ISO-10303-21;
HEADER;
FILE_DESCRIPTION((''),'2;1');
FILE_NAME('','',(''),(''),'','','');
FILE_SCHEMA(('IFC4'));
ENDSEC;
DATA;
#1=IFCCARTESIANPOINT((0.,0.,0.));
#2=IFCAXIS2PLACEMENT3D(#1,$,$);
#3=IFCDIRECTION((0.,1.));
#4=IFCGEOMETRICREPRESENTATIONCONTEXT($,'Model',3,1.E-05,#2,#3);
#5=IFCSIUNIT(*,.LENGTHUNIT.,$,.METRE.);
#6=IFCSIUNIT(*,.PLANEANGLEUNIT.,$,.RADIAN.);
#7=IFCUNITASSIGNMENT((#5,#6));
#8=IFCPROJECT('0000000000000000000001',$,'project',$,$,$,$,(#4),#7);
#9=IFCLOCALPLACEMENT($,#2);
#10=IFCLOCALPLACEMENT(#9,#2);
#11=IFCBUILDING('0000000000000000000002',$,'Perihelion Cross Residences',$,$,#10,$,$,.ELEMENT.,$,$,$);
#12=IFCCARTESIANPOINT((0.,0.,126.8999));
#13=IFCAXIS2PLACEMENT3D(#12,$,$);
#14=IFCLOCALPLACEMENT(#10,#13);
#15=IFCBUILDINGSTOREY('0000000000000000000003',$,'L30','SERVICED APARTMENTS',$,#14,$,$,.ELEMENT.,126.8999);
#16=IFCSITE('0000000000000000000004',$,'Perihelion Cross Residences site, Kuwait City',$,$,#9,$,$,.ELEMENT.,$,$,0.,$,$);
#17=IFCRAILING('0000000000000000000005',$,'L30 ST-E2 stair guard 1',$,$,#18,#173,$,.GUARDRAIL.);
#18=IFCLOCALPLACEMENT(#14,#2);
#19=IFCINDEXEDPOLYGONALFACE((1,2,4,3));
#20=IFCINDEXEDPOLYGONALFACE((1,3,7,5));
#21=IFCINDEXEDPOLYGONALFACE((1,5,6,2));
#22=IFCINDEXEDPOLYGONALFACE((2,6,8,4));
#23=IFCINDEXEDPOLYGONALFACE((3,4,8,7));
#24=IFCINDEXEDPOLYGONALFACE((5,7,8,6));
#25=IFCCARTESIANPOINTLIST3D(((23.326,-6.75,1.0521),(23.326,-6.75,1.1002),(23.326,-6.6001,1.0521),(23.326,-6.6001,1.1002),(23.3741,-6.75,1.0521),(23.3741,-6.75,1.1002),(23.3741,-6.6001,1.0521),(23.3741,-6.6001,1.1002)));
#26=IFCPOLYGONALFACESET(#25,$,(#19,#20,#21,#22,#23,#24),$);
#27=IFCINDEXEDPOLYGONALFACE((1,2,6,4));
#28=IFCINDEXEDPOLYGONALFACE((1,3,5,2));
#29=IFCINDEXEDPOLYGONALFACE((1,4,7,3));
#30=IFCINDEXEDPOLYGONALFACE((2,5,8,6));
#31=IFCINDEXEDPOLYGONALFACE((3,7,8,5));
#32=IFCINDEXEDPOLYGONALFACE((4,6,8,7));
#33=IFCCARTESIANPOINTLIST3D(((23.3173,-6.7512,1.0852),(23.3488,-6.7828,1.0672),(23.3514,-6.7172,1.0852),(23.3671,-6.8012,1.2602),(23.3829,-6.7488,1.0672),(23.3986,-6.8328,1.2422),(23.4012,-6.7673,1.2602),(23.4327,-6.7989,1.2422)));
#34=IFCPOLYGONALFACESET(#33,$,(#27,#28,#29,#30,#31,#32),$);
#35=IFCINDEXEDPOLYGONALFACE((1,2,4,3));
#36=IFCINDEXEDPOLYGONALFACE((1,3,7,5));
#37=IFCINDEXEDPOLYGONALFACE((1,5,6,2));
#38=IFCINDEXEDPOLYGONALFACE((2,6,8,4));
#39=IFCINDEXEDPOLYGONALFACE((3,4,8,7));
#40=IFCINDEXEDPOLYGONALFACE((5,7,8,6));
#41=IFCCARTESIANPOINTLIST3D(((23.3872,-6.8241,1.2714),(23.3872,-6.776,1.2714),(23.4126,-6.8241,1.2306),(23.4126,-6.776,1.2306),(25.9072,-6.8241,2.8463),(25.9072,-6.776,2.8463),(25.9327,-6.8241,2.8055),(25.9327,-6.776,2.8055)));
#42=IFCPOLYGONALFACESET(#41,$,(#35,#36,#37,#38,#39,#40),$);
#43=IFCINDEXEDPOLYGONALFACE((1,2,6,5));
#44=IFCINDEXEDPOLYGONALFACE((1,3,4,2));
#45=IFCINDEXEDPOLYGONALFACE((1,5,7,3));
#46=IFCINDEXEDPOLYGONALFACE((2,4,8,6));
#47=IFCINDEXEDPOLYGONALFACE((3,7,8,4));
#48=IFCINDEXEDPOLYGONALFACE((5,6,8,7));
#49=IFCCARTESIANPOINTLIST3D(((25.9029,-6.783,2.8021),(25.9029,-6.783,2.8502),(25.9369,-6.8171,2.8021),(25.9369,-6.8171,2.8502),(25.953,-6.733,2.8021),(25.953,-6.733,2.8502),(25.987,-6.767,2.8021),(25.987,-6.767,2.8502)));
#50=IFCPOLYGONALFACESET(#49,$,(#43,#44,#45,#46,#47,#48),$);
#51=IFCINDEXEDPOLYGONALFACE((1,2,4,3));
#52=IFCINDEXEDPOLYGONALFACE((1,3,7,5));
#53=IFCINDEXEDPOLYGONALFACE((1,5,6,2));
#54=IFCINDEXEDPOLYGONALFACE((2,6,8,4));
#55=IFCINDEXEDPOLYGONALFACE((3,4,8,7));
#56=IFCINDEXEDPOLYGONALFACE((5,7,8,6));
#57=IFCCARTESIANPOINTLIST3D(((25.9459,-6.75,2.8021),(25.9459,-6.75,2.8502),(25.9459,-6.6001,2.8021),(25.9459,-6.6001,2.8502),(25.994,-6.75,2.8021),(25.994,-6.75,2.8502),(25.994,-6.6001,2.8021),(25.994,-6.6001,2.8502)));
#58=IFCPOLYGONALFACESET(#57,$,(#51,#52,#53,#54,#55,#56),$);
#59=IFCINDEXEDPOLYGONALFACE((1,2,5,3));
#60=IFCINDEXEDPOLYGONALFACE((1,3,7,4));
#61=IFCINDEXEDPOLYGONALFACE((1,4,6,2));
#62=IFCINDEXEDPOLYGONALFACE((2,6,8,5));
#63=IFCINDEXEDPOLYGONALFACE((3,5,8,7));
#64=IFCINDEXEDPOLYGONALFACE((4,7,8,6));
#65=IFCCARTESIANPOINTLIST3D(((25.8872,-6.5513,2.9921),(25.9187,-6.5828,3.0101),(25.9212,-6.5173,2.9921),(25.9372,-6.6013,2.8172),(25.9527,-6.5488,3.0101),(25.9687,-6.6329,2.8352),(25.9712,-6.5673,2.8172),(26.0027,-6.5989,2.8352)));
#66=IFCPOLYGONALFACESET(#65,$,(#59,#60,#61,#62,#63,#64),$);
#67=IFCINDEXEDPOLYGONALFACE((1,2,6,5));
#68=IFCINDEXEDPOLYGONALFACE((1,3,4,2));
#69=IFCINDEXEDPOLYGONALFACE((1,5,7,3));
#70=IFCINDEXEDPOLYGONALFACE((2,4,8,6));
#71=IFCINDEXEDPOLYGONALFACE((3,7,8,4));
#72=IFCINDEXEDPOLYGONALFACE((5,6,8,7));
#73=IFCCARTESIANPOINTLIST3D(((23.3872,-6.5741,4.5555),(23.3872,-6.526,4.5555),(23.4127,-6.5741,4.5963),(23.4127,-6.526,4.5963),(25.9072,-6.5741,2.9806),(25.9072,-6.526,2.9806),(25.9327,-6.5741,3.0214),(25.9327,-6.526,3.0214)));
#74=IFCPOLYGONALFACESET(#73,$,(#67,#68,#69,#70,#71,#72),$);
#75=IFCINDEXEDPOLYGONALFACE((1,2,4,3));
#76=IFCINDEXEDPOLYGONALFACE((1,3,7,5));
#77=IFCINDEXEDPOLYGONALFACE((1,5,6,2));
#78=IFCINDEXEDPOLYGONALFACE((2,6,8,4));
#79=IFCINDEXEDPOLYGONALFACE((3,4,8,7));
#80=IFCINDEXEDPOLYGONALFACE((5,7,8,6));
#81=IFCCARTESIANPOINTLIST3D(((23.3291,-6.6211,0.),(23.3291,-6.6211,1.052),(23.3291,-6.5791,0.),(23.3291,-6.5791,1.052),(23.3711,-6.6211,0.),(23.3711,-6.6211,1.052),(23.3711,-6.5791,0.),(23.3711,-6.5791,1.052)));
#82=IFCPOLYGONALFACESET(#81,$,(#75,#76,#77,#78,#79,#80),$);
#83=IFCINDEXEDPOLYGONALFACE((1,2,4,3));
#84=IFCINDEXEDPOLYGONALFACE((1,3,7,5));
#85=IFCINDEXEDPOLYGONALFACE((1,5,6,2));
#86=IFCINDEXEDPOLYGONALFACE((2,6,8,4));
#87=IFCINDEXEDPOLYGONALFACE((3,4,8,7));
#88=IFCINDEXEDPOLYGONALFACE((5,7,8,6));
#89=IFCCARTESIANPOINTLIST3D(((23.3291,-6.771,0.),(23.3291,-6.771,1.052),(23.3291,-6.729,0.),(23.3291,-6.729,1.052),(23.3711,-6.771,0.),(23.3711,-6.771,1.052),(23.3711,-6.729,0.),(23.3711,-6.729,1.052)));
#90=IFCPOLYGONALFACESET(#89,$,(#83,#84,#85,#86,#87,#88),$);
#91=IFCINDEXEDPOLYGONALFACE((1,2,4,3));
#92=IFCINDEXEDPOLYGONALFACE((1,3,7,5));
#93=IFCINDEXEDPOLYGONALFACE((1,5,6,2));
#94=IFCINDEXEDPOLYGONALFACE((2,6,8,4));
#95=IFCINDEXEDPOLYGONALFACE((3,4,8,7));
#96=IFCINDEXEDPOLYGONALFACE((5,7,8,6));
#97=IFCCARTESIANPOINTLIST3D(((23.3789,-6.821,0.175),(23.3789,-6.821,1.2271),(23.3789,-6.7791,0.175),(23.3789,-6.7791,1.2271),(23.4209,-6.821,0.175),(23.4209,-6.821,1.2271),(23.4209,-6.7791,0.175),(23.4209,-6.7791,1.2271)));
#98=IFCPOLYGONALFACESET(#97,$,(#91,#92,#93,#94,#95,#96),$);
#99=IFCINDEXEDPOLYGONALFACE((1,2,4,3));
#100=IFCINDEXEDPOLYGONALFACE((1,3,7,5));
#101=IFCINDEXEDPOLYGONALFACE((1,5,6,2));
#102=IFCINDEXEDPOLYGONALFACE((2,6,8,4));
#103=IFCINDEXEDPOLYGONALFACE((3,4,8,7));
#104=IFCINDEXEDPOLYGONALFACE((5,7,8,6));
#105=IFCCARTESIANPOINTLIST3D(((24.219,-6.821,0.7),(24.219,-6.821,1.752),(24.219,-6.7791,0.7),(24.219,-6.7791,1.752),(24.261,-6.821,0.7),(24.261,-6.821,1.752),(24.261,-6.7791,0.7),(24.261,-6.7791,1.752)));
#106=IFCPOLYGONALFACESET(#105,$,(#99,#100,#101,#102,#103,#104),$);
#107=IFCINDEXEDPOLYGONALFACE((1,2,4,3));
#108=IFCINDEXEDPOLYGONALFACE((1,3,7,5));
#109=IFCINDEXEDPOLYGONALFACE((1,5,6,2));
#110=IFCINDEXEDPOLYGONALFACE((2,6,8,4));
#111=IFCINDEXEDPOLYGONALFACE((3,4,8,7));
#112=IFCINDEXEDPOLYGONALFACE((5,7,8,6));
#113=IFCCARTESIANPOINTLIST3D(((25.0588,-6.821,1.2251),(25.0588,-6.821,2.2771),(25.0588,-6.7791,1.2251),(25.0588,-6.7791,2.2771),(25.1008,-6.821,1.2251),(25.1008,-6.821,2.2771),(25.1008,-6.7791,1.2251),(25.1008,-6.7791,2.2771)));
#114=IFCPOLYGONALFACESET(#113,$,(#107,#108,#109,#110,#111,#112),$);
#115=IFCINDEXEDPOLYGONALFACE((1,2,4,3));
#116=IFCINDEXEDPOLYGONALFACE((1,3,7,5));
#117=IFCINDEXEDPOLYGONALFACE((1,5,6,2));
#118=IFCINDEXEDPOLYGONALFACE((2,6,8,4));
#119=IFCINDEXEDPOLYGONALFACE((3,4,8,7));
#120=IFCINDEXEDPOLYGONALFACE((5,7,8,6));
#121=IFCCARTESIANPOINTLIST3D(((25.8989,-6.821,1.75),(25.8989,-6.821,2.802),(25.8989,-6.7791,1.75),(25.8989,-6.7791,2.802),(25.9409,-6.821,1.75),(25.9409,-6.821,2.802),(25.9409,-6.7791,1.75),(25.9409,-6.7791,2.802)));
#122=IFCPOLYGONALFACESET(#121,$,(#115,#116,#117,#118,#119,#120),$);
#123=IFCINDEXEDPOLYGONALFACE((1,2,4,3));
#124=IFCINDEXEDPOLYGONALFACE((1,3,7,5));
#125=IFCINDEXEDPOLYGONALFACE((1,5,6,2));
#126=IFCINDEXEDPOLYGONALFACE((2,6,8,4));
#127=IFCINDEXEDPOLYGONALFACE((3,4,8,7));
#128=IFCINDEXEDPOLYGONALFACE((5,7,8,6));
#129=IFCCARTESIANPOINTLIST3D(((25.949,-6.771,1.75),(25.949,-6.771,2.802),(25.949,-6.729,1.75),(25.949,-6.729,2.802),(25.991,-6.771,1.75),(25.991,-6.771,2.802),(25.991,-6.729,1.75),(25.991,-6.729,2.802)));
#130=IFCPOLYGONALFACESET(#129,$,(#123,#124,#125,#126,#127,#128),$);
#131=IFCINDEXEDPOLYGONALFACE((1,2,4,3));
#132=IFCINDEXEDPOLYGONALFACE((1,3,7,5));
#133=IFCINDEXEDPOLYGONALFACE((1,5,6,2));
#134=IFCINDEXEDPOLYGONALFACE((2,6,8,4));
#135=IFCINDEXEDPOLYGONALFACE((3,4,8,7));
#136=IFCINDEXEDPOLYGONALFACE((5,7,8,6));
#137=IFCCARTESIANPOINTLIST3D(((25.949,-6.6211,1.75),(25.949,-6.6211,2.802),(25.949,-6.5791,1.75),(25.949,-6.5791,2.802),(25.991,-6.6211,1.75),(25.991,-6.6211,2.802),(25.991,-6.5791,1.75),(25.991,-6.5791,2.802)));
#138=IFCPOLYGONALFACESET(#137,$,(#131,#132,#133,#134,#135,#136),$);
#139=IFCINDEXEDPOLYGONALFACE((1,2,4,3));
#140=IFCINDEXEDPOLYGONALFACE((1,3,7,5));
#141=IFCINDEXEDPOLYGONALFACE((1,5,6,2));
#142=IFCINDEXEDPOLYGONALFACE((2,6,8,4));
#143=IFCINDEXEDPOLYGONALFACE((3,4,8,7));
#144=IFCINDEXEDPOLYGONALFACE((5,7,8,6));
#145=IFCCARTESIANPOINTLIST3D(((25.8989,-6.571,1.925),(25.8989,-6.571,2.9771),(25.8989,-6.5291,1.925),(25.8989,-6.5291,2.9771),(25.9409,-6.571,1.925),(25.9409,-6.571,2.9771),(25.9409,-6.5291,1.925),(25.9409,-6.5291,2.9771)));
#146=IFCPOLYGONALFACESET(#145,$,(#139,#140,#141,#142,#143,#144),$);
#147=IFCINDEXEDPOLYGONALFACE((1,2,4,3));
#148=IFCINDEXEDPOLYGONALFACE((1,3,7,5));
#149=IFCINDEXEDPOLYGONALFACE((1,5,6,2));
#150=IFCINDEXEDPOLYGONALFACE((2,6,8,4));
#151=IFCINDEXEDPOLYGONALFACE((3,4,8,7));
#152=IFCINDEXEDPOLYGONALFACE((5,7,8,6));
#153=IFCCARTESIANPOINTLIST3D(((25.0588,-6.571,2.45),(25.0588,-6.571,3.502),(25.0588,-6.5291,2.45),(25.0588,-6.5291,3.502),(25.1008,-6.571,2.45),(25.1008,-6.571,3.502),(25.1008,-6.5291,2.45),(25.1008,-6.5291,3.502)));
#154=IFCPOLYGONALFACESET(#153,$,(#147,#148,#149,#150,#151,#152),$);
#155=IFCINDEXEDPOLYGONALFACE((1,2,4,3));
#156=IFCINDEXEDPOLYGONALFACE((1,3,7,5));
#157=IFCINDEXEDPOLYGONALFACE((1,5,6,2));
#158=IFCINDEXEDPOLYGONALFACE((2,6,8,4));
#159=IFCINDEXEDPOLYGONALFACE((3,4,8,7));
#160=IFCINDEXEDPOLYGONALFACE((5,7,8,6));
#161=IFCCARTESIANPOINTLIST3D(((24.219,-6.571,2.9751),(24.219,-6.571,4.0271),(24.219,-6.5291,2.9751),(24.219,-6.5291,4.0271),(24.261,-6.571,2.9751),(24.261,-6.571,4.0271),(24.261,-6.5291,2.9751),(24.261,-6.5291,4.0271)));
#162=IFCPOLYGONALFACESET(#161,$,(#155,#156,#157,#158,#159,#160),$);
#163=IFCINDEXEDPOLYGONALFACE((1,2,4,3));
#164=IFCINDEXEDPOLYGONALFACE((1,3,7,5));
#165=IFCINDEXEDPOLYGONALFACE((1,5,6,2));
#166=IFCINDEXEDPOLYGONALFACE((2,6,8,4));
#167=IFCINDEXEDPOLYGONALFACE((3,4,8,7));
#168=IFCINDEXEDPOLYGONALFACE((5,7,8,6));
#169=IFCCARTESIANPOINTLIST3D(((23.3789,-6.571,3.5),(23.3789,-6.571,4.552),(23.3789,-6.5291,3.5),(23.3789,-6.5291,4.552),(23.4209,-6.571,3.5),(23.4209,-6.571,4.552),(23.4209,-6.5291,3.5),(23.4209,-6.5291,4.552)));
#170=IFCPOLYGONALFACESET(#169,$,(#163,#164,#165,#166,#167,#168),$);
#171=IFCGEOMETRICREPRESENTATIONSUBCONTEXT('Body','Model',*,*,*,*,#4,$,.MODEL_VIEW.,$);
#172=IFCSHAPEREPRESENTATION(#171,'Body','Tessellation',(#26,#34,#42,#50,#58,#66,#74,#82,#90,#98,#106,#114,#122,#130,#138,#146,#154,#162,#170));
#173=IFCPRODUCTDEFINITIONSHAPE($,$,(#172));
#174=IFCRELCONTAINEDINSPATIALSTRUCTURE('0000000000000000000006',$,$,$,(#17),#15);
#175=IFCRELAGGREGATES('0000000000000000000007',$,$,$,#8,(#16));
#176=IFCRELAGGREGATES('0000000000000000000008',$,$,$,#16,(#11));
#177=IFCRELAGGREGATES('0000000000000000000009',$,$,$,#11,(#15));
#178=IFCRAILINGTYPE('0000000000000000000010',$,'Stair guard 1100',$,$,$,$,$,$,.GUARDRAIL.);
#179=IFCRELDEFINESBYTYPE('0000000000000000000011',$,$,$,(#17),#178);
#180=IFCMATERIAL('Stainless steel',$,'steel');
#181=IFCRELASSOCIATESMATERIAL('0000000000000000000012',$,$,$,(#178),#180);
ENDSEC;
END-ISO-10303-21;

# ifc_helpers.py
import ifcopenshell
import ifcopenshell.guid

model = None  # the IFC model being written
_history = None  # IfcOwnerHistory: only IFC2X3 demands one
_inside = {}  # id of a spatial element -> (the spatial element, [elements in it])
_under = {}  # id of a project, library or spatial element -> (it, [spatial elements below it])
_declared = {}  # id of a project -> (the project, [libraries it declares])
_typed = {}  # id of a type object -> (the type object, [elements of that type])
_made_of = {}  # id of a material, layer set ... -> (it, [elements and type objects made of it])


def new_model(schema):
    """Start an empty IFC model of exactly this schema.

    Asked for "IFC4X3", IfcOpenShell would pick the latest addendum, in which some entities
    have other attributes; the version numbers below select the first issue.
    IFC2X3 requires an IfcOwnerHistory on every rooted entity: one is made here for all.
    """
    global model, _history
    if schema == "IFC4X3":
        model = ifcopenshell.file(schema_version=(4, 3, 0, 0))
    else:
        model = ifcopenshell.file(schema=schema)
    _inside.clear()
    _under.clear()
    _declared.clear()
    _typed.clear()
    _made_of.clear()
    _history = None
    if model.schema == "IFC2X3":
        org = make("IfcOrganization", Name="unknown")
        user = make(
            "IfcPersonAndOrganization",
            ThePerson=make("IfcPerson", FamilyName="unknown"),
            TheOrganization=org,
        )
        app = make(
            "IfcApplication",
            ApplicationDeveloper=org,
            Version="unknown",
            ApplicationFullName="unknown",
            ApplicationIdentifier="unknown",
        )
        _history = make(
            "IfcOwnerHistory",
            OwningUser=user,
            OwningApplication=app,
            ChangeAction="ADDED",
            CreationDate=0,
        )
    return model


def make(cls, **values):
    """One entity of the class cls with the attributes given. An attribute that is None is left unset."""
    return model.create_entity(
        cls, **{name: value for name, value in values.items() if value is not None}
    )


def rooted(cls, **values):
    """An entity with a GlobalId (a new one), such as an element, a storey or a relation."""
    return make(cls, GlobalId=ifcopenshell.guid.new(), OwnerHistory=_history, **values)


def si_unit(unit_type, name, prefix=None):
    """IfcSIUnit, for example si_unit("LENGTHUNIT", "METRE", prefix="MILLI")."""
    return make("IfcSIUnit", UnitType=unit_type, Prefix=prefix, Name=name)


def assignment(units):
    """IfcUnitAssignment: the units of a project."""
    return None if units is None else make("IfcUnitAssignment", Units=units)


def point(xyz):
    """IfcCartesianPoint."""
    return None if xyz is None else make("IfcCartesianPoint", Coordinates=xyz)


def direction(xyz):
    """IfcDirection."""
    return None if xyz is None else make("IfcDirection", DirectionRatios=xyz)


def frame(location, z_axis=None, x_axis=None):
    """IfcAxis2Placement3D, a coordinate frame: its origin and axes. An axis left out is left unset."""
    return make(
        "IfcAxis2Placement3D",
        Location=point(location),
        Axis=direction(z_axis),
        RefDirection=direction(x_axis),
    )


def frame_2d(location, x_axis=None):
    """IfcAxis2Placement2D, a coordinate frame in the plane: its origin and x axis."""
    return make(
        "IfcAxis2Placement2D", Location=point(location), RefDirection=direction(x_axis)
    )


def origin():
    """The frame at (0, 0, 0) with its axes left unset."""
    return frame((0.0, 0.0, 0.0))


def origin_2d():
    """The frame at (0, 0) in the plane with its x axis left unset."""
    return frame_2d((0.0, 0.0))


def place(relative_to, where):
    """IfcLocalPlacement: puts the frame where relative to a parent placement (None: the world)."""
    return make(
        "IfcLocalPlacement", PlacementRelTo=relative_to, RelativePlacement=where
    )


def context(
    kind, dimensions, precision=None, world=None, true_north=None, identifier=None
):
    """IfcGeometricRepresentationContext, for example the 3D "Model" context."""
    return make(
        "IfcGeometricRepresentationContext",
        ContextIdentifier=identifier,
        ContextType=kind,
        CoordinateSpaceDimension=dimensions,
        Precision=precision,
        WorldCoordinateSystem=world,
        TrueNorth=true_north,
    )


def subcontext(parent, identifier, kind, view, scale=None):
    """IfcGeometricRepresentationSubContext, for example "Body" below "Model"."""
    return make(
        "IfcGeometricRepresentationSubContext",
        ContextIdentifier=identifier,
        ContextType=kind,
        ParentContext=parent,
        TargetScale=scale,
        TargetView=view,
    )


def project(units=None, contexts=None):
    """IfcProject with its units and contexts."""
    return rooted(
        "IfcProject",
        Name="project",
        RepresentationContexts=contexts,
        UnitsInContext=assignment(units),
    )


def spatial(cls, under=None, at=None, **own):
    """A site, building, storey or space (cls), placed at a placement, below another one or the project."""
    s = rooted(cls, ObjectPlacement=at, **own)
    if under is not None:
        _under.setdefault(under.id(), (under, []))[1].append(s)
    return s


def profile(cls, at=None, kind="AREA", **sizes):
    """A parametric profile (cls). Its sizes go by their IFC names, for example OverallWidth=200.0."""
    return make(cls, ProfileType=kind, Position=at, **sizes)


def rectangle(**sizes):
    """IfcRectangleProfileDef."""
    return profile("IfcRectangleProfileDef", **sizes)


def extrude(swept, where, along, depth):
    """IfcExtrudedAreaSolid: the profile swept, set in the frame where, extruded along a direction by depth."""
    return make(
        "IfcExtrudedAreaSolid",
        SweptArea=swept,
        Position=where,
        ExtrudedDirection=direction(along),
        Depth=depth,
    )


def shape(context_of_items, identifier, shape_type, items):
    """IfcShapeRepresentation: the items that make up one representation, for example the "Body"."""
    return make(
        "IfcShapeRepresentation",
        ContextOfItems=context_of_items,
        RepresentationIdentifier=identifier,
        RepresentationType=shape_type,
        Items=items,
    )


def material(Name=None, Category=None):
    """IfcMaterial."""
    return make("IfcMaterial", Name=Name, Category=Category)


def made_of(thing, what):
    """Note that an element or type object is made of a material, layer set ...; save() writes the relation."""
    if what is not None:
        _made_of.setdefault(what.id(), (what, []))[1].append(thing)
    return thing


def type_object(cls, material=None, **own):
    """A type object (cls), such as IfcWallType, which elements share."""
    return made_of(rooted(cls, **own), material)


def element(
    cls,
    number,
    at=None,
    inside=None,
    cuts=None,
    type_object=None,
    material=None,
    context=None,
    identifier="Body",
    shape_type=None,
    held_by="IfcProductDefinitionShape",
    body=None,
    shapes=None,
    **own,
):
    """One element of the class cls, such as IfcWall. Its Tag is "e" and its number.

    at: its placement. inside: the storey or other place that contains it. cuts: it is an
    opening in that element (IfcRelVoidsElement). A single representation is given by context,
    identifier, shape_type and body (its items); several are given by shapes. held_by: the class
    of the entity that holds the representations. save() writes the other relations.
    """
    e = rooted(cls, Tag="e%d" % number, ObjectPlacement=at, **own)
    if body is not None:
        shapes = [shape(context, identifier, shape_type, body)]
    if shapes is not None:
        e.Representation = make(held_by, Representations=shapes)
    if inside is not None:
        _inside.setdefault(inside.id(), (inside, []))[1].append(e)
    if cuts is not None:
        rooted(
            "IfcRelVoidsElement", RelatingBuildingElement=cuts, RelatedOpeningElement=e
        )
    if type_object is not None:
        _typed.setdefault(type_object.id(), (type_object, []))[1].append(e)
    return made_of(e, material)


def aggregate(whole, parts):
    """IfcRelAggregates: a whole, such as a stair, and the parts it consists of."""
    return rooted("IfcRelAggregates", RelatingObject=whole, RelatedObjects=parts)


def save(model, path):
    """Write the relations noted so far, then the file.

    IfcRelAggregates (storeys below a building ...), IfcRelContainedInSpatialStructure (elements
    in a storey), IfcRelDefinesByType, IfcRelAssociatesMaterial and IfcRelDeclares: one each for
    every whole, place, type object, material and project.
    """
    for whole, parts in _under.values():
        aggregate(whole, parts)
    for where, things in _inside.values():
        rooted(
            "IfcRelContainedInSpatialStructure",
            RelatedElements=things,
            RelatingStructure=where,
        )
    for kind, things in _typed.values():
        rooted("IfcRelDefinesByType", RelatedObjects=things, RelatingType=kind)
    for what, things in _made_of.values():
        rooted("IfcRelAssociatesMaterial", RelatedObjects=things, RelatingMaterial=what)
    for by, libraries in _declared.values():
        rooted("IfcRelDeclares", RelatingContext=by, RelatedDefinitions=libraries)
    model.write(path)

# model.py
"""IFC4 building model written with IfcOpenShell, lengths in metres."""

from ifc_helpers import new_model, si_unit, direction, frame, origin, origin_2d, place, context, subcontext, project, spatial, rectangle, extrude, material, type_object, element, save


model = new_model("IFC4")

# Units and contexts
model_context = context("Model", 3, precision=1e-05, world=origin(), true_north=direction((0.0, 1.0)))
body_context = subcontext(model_context, "Body", "Model", "MODEL_VIEW")
ifc_project = project(units=[si_unit("LENGTHUNIT", "METRE"), si_unit("PLANEANGLEUNIT", "RADIAN")], contexts=[model_context])

# Site, building, storey
site_placement = place(None, origin())
site = spatial("IfcSite", under=ifc_project, at=site_placement, Name="Perihelion Cross Residences site, Kuwait City", CompositionType="ELEMENT", RefElevation=0.0)
building_placement = place(site_placement, origin())
building = spatial("IfcBuilding", under=site, at=building_placement, Name="Perihelion Cross Residences", CompositionType="ELEMENT")
storey_placement = place(building_placement, frame((0.0, 0.0, 126.8999)))
storey = spatial("IfcBuildingStorey", under=building, at=storey_placement, Name="L30", Description="SERVICED APARTMENTS", CompositionType="ELEMENT", Elevation=126.8999)

# Railing
ifc_material_1 = material(Name="Stainless steel", Category="steel")
railing_type_1 = type_object("IfcRailingType", Name="Stair guard 1100", PredefinedType="GUARDRAIL", material=ifc_material_1)
railing_1_placement = place(storey_placement, frame((23.3501, -6.6001, 0.0)))
element("IfcRailing", 1, at=railing_1_placement, inside=storey, type_object=railing_type_1, Name="L30 ST-E2 stair guard 1", PredefinedType="GUARDRAIL", context=body_context, shape_type="SweptSolid", body=[
    extrude(rectangle(XDim=0.0481, YDim=0.0481, at=origin_2d()), frame((0.0, 0.0, 1.0762), z_axis=(0.0, -1.0, 0.0), x_axis=(1.0, 0.0, 0.0)), (0.0, 0.0, 1.0), 0.1499),
    extrude(rectangle(XDim=0.0481, YDim=0.0481, at=origin_2d()), frame((0.0, -0.1499, 1.0762), z_axis=(0.263862, -0.265156, 0.927399), x_axis=(0.708834, 0.705376, 0.0)), (0.0, 0.0, 1.0), 0.1887),
    extrude(rectangle(XDim=0.0481, YDim=0.0481, at=origin_2d()), frame((0.0498, -0.2, 1.251), z_axis=(0.848008, 0.0, 0.529984), x_axis=(0.0, 1.0, 0.0)), (0.0, 0.0, 1.0), 2.9717),
    extrude(rectangle(XDim=0.0481, YDim=0.0481, at=origin_2d()), frame((2.5698, -0.2, 2.8262), z_axis=(0.707107, 0.707107, 0.0), x_axis=(-0.707107, 0.707107, 0.0)), (0.0, 0.0, 1.0), 0.0708),
    extrude(rectangle(XDim=0.0481, YDim=0.0481, at=origin_2d()), frame((2.6199, -0.1499, 2.8262), z_axis=(0.0, 1.0, 0.0), x_axis=(-1.0, 0.0, 0.0)), (0.0, 0.0, 1.0), 0.1499),
    extrude(rectangle(XDim=0.0481, YDim=0.0481, at=origin_2d()), frame((2.6199, 0.0, 2.8262), z_axis=(-0.265065, 0.265065, 0.927082), x_axis=(-0.707107, -0.707107, 0.0)), (0.0, 0.0, 1.0), 0.1887),
    extrude(rectangle(XDim=0.0481, YDim=0.0481, at=origin_2d()), frame((2.5698, 0.05, 3.001), z_axis=(-0.848008, 0.0, 0.529984), x_axis=(0.0, -1.0, 0.0)), (0.0, 0.0, 1.0), 2.9717),
    extrude(rectangle(XDim=0.042, YDim=0.042, at=origin_2d()), origin(), (0.0, 0.0, 1.0), 1.052),
    extrude(rectangle(XDim=0.042, YDim=0.042, at=origin_2d()), frame((0.0, -0.1499, 0.0)), (0.0, 0.0, 1.0), 1.052),
    extrude(rectangle(XDim=0.042, YDim=0.042, at=origin_2d()), frame((0.0498, -0.2, 0.175)), (0.0, 0.0, 1.0), 1.052),
    extrude(rectangle(XDim=0.042, YDim=0.042, at=origin_2d()), frame((0.8899, -0.2, 0.7)), (0.0, 0.0, 1.0), 1.052),
    extrude(rectangle(XDim=0.042, YDim=0.042, at=origin_2d()), frame((1.7297, -0.2, 1.2251)), (0.0, 0.0, 1.0), 1.052),
    extrude(rectangle(XDim=0.042, YDim=0.042, at=origin_2d()), frame((2.5698, -0.2, 1.75)), (0.0, 0.0, 1.0), 1.052),
    extrude(rectangle(XDim=0.042, YDim=0.042, at=origin_2d()), frame((2.6199, -0.1499, 1.75)), (0.0, 0.0, 1.0), 1.052),
    extrude(rectangle(XDim=0.042, YDim=0.042, at=origin_2d()), frame((2.6199, 0.0, 1.75)), (0.0, 0.0, 1.0), 1.052),
    extrude(rectangle(XDim=0.042, YDim=0.042, at=origin_2d()), frame((2.5698, 0.05, 1.925)), (0.0, 0.0, 1.0), 1.052),
    extrude(rectangle(XDim=0.042, YDim=0.042, at=origin_2d()), frame((1.7297, 0.05, 2.45)), (0.0, 0.0, 1.0), 1.052),
    extrude(rectangle(XDim=0.042, YDim=0.042, at=origin_2d()), frame((0.8899, 0.05, 2.9751)), (0.0, 0.0, 1.0), 1.052),
    extrude(rectangle(XDim=0.042, YDim=0.042, at=origin_2d()), frame((0.0498, 0.05, 3.5)), (0.0, 0.0, 1.0), 1.052),
])

save(model, "model.ifc")
